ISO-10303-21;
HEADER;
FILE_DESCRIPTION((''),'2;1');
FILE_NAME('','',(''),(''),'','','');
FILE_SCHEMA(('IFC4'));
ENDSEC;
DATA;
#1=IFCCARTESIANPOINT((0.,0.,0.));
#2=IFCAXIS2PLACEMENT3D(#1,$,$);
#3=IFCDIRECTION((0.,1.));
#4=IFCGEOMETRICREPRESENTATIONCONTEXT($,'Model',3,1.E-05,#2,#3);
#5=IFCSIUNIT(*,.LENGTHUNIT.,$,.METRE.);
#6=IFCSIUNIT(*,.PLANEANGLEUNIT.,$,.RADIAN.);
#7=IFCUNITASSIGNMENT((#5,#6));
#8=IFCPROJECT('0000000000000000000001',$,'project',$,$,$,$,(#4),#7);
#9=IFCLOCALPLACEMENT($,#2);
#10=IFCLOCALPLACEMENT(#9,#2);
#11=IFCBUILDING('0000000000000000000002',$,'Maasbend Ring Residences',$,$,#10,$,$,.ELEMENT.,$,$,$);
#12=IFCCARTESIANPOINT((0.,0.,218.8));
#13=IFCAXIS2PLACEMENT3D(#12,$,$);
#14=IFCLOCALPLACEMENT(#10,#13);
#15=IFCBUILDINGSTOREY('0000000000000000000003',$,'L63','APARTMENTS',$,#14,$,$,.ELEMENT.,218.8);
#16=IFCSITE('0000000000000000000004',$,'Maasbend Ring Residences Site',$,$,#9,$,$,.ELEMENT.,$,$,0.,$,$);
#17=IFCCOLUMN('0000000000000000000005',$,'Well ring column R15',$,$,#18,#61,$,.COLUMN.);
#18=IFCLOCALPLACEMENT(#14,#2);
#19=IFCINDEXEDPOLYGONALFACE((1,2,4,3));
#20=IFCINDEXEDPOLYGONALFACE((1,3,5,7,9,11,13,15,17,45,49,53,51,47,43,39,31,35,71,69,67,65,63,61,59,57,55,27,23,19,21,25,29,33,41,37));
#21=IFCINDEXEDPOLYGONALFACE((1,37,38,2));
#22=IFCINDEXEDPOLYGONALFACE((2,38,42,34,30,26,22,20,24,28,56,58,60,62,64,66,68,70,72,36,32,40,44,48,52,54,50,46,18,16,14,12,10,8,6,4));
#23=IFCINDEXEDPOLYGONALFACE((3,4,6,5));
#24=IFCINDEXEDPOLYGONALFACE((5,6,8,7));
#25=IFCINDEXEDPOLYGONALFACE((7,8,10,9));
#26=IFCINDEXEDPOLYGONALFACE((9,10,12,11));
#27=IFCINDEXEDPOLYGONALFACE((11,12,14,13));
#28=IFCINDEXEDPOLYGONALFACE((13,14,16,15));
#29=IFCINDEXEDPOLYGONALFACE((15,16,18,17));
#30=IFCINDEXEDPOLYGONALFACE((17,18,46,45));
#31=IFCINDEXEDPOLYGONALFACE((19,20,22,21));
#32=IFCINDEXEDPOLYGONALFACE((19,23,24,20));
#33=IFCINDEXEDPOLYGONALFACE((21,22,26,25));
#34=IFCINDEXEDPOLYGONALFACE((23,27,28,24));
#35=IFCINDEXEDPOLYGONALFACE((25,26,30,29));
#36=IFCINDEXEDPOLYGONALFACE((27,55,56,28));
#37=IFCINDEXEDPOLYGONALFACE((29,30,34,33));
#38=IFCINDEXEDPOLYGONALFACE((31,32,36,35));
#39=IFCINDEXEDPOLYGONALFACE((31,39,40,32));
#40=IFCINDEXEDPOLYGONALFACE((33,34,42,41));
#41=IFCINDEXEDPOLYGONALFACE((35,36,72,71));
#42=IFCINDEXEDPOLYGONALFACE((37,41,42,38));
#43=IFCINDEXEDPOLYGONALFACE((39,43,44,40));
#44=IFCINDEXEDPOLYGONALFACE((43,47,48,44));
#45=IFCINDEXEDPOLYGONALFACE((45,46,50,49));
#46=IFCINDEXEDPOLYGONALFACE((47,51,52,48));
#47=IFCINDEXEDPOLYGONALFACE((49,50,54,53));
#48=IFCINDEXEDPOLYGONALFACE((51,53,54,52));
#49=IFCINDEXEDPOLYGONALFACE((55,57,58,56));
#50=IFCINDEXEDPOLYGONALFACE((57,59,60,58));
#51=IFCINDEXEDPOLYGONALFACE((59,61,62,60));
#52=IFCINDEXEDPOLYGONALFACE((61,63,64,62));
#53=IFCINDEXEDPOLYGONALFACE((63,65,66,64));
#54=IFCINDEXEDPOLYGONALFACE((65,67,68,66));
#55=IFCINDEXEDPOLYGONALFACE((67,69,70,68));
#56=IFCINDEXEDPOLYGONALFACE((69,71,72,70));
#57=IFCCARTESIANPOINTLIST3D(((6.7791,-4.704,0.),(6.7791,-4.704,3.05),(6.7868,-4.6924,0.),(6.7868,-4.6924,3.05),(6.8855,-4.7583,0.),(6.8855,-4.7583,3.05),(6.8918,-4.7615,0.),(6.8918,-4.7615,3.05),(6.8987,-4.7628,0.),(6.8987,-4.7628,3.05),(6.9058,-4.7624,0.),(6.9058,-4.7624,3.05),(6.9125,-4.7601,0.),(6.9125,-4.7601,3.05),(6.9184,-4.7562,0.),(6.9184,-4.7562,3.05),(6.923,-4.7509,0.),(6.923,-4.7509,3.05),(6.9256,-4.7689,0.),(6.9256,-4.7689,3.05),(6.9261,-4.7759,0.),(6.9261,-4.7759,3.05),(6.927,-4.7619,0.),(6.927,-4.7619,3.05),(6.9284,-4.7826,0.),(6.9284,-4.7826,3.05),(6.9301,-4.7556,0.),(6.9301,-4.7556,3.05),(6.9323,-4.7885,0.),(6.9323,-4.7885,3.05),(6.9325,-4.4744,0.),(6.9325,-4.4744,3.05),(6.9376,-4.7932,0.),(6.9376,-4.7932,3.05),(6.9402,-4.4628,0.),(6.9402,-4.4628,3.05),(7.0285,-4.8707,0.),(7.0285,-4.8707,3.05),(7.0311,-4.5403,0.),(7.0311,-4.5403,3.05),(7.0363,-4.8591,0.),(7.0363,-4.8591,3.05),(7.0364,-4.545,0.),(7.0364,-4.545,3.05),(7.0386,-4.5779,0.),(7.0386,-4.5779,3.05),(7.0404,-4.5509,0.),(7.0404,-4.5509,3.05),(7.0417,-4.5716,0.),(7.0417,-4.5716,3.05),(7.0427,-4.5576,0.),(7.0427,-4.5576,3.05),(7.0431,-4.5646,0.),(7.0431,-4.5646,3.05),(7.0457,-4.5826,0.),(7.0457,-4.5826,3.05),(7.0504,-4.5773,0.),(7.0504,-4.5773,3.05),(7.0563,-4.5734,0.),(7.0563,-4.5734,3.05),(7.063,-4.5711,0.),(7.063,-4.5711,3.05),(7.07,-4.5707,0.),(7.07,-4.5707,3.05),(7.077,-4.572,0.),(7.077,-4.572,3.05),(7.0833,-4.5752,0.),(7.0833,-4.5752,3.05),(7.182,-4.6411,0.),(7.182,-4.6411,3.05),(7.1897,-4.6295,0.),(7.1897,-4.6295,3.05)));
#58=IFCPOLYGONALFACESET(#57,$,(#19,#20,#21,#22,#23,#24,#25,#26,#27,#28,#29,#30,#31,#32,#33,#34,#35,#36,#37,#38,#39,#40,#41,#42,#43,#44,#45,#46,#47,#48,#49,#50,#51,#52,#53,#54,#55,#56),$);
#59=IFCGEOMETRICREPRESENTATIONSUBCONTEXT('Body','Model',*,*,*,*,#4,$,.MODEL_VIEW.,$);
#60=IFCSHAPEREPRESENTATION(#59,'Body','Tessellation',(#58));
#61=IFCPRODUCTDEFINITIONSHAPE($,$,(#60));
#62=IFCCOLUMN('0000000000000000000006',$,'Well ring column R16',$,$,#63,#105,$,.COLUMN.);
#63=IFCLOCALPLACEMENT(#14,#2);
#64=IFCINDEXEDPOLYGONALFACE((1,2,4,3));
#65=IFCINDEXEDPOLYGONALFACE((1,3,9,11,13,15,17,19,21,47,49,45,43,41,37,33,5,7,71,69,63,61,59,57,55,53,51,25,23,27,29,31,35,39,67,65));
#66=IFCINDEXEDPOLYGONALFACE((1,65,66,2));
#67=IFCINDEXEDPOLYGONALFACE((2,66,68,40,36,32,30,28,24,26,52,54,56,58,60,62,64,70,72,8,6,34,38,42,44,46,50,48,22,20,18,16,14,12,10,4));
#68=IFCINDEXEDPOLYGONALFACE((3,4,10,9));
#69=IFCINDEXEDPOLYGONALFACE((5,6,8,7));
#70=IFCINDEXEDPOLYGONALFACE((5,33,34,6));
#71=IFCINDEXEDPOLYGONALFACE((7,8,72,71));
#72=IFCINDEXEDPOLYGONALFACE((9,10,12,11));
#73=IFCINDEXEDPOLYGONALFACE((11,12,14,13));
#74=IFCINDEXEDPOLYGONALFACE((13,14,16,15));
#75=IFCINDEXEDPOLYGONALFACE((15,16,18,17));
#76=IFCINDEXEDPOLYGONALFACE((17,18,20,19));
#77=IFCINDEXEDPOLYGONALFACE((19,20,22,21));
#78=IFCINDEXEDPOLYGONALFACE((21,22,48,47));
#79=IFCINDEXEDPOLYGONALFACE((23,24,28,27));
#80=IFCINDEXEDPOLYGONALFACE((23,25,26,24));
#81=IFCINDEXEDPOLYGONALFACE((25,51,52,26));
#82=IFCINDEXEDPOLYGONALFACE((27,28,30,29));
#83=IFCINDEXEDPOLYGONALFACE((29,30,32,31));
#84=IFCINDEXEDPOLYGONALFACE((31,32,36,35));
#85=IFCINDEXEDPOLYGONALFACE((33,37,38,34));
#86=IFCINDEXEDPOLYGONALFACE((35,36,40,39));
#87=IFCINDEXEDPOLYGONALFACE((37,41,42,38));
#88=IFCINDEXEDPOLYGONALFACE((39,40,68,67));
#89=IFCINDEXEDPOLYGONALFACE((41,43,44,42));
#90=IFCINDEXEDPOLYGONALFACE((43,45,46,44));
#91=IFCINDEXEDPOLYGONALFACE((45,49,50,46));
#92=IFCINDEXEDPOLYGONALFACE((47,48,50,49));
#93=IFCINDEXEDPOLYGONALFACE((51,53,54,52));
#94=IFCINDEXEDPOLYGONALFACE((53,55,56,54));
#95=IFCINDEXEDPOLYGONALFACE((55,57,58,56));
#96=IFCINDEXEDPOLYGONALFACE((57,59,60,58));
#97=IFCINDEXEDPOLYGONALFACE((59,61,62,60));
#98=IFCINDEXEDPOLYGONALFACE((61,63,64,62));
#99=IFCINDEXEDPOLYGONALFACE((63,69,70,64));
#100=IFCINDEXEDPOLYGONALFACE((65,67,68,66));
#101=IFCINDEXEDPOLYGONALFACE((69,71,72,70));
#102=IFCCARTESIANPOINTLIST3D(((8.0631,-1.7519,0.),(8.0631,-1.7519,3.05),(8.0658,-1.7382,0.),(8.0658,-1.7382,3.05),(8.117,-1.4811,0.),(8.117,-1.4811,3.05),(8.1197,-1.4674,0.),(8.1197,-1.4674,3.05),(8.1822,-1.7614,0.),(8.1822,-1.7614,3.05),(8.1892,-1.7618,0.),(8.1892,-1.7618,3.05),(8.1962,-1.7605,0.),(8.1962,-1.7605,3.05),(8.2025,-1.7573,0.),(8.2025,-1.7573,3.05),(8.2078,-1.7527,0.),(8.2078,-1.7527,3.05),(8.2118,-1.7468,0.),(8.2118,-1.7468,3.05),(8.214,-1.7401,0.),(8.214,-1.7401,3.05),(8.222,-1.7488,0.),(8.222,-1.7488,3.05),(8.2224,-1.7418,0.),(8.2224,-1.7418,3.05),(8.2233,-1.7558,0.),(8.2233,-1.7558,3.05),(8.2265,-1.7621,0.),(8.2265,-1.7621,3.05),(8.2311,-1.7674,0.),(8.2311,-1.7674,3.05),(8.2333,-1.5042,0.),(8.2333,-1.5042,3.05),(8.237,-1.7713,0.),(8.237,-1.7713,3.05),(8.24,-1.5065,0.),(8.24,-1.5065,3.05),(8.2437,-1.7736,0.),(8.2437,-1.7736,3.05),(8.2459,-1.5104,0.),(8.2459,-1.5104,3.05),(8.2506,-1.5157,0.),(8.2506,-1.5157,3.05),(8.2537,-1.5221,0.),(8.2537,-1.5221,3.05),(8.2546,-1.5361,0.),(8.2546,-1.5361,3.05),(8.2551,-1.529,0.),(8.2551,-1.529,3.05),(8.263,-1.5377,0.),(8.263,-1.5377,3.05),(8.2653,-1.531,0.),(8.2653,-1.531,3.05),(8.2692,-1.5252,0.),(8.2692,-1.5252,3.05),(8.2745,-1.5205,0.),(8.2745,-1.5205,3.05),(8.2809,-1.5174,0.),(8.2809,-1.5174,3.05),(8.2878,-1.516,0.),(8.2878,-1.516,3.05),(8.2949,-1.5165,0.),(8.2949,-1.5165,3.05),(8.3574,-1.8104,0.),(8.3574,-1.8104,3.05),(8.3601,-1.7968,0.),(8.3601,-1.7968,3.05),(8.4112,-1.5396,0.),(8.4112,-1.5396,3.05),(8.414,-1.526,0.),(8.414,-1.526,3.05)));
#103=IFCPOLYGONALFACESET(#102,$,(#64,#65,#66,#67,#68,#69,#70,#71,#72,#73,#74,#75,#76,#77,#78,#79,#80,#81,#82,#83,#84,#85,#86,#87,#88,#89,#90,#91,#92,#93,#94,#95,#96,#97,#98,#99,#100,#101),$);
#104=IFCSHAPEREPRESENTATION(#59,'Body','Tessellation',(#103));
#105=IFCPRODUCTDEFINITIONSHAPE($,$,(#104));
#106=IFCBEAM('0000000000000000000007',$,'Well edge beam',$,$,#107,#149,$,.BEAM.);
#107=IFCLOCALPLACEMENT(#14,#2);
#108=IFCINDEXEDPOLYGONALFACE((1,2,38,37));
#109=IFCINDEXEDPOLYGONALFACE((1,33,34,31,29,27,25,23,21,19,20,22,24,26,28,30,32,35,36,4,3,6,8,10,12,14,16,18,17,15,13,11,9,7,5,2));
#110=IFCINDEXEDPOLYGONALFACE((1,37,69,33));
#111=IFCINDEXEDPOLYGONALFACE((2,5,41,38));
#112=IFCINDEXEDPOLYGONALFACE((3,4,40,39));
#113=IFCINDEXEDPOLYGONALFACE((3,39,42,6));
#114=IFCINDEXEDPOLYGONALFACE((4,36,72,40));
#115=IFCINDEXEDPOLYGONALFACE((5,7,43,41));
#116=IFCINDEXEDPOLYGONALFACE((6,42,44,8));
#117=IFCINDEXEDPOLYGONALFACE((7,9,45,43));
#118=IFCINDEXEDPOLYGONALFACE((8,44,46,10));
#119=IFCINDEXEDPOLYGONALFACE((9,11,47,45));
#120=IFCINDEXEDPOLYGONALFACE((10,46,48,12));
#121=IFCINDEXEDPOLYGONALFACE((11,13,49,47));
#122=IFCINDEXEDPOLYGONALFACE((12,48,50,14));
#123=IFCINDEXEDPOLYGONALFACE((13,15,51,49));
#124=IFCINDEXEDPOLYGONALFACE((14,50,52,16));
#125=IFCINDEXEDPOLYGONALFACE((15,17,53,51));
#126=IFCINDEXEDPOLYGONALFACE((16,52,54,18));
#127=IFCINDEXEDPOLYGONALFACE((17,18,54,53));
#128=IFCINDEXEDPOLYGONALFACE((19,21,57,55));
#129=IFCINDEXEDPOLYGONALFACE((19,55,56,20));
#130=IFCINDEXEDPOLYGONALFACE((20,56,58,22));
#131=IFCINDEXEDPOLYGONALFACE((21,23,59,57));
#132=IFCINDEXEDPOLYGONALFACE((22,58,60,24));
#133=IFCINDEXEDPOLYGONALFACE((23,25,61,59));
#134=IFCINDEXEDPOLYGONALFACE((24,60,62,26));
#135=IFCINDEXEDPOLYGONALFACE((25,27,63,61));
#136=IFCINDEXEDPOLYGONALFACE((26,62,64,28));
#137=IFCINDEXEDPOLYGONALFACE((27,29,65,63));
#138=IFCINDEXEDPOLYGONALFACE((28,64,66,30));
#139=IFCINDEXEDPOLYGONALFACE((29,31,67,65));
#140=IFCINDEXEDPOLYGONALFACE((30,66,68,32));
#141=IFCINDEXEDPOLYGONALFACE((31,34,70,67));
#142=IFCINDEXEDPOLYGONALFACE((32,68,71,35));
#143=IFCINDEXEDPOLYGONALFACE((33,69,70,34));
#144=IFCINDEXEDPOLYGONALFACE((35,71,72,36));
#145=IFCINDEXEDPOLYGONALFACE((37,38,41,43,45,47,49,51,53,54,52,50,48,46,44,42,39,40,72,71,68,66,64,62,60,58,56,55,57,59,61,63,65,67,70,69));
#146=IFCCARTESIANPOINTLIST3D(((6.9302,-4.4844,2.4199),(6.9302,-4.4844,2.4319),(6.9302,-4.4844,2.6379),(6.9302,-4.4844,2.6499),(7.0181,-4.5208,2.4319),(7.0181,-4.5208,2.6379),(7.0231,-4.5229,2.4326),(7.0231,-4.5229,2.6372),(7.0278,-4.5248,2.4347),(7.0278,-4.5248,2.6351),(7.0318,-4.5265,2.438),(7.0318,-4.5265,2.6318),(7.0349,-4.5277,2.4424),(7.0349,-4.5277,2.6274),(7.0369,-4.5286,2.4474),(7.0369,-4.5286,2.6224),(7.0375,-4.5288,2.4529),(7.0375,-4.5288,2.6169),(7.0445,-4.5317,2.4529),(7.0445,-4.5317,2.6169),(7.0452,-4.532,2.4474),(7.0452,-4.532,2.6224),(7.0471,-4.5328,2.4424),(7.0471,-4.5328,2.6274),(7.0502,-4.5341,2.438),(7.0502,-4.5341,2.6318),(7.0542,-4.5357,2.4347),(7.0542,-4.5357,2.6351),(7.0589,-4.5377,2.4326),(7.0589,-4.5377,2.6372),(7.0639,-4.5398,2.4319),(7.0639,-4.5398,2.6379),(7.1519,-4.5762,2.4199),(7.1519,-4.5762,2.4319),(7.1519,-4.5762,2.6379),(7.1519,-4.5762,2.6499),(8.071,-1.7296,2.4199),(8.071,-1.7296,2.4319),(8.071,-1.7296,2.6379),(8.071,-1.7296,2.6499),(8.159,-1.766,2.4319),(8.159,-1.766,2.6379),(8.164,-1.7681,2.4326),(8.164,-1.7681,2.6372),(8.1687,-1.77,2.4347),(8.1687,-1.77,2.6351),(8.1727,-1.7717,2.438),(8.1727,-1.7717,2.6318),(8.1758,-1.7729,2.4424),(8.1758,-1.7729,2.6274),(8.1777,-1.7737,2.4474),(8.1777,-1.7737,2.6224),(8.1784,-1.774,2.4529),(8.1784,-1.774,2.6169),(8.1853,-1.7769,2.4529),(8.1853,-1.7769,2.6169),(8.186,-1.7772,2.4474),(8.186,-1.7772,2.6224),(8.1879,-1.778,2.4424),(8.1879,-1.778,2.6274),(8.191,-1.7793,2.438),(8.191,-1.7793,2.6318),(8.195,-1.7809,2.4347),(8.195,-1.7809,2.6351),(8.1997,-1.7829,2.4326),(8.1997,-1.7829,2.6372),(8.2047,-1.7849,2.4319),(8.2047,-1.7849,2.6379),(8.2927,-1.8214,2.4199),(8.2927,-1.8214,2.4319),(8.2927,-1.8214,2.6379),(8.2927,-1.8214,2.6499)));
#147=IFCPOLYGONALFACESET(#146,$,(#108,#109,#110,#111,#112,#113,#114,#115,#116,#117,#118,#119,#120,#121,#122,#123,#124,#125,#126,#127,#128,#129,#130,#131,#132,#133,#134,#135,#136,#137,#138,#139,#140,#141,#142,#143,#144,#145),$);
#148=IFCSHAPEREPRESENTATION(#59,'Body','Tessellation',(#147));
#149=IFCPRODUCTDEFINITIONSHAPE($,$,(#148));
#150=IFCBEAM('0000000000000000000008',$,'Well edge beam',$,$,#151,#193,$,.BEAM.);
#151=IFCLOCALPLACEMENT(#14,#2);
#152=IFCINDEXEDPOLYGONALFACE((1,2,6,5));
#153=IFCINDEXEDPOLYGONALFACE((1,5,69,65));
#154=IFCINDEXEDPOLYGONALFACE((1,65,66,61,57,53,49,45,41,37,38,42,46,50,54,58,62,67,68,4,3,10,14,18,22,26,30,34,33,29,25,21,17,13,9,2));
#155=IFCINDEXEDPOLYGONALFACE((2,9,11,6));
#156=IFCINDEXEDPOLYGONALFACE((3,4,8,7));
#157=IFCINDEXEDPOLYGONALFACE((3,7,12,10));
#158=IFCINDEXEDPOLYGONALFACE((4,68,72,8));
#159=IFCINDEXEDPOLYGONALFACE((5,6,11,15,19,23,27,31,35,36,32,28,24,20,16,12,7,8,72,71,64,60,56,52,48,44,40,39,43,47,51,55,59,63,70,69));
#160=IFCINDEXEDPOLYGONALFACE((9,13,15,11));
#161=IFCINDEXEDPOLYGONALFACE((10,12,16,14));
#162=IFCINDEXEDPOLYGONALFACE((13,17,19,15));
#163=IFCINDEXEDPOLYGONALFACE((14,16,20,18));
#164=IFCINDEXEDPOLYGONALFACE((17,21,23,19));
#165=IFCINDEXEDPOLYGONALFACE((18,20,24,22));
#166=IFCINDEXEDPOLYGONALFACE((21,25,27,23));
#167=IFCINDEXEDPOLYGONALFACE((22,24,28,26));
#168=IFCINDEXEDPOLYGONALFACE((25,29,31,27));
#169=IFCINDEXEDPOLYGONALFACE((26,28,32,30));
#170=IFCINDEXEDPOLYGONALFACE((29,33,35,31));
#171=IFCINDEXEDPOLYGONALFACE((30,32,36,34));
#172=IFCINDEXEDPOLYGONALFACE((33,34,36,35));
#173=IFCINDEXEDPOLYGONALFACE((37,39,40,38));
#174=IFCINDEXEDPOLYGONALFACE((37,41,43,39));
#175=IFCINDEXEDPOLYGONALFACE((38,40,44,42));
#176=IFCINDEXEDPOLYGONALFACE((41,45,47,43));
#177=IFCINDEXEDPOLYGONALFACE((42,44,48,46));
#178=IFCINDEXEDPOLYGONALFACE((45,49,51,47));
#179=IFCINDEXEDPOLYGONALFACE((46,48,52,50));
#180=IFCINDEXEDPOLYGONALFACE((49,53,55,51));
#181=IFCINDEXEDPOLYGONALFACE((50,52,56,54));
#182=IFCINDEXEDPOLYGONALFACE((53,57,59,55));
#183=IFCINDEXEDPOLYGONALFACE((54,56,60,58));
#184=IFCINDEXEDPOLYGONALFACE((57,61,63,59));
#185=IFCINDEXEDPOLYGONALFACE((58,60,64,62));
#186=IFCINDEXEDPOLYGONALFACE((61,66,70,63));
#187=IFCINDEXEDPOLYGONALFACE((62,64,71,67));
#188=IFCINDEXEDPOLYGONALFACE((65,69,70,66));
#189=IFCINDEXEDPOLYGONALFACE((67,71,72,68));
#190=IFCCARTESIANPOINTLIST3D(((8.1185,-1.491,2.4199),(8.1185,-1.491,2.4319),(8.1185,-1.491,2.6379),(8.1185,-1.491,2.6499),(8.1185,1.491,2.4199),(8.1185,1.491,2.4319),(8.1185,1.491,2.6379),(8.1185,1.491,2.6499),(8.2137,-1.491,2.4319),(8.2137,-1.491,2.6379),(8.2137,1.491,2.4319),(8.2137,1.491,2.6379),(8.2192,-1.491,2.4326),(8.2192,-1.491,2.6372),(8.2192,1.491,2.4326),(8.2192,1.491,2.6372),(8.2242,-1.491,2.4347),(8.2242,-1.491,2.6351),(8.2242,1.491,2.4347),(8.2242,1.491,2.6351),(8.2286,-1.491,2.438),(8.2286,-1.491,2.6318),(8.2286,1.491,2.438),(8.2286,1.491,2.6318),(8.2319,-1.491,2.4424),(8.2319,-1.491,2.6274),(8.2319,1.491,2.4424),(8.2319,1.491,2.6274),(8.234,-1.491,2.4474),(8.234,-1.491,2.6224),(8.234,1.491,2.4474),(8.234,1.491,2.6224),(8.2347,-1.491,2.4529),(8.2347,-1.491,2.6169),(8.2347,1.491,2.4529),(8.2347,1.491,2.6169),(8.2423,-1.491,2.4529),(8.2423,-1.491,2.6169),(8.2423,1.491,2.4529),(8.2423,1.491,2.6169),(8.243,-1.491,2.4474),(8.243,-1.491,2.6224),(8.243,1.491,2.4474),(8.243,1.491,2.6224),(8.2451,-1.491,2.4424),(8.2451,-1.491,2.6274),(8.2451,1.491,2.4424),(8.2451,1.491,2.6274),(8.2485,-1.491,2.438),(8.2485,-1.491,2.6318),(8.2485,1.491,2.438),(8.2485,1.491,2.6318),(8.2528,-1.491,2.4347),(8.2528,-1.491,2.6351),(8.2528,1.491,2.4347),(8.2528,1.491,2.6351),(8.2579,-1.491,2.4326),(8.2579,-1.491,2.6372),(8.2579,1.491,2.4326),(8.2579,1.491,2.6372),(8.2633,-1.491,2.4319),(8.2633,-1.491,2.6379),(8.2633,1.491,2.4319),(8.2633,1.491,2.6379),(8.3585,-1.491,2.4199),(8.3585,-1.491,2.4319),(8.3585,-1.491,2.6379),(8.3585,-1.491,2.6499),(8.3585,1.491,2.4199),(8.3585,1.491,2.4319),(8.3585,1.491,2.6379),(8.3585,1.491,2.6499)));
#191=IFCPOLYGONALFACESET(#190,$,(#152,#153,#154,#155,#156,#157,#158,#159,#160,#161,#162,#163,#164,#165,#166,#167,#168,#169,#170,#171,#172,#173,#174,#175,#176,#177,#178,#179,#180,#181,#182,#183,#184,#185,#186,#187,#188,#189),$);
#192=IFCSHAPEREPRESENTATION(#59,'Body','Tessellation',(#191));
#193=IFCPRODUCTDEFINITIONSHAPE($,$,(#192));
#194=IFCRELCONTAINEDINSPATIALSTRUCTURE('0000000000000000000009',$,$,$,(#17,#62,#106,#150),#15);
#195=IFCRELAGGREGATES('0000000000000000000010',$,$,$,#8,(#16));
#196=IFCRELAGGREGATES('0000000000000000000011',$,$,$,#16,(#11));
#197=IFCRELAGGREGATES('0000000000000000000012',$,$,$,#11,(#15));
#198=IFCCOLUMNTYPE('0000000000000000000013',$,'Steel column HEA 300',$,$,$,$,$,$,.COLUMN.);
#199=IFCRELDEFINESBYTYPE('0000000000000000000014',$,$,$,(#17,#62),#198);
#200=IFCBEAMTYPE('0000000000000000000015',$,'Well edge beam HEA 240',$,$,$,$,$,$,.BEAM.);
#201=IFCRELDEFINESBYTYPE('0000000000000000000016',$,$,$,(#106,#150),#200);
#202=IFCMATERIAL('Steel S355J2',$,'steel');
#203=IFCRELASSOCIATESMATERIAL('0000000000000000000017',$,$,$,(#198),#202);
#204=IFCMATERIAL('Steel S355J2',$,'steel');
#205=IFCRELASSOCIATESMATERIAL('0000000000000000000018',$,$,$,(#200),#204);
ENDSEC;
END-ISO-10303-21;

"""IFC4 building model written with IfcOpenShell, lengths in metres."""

from ifc_helpers import new_model, si_unit, direction, frame, origin, origin_2d, place, context, subcontext, project, spatial, i_section, extrude, material, material_profile, profile_set, type_object, element, save


model = new_model("IFC4")

# Units and contexts
model_context = context("Model", 3, precision=1e-05, world=origin(), true_north=direction((0.0, 1.0)))
body_context = subcontext(model_context, "Body", "Model", "MODEL_VIEW")
ifc_project = project(units=[si_unit("LENGTHUNIT", "METRE"), si_unit("PLANEANGLEUNIT", "RADIAN")], contexts=[model_context])

# Site, building, storey
site_placement = place(None, origin())
site = spatial("IfcSite", under=ifc_project, at=site_placement, Name="Maasbend Ring Residences Site", CompositionType="ELEMENT", RefElevation=0.0)
building_placement = place(site_placement, origin())
building = spatial("IfcBuilding", under=site, at=building_placement, Name="Maasbend Ring Residences", CompositionType="ELEMENT")
storey_placement = place(building_placement, frame((0.0, 0.0, 218.8)))
storey = spatial("IfcBuildingStorey", under=building, at=storey_placement, Name="L63", Description="APARTMENTS", CompositionType="ELEMENT", Elevation=218.8)

# Columns
ifc_material_1 = material(Name="Steel S355J2", Category="steel")
ifc_material_profile_1 = material_profile(ifc_material_1, i_section(OverallWidth=0.3, OverallDepth=0.29, WebThickness=0.0085, FlangeThickness=0.0139, FilletRadius=0.0271, at=origin_2d()), Name="HEA 300")
ifc_profile_set_1 = profile_set([ifc_material_profile_1], Name="Steel S355J2")
column_type = type_object("IfcColumnType", Name="Steel column HEA 300", PredefinedType="COLUMN", material=ifc_profile_set_1)
for number, where, z_axis, x_axis, name in (
    (1, (6.9844, -4.6667, 0.0), (0.0, 0.0, 1.0), (0.83147, -0.55557, 0.0), "Well ring column R15"),
    (2, (8.2385, -1.6389, 0.0), (0.0, 0.0, 1.0), (0.980785, -0.19509, 0.0), "Well ring column R16"),
):
    element("IfcColumn", number, at=place(storey_placement, frame(where, z_axis=z_axis, x_axis=x_axis)), inside=storey, type_object=column_type, Name=name, PredefinedType="COLUMN", context=body_context, shape_type="SweptSolid", body=[
        extrude(i_section(OverallWidth=0.3, OverallDepth=0.29, WebThickness=0.0085, FlangeThickness=0.0139, FilletRadius=0.0271, at=origin_2d()), origin(), (0.0, 0.0, 1.0), 3.05),
    ])

# Beams
ifc_material_2 = material(Name="Steel S355J2", Category="steel")
ifc_material_profile_2 = material_profile(ifc_material_2, i_section(OverallWidth=0.24, OverallDepth=0.23, WebThickness=0.0076, FlangeThickness=0.012, FilletRadius=0.021, at=origin_2d()), Name="HEA 240")
ifc_profile_set_2 = profile_set([ifc_material_profile_2], Name="Steel S355J2")
beam_type = type_object("IfcBeamType", Name="Well edge beam HEA 240", PredefinedType="BEAM", material=ifc_profile_set_2)
beam_1_placement = place(storey_placement, frame((7.041, -4.5303, 2.5349), z_axis=(0.382615, 0.923908, 0.0), x_axis=(-0.923908, 0.382615, 0.0)))
element("IfcBeam", 3, at=beam_1_placement, inside=storey, type_object=beam_type, Name="Well edge beam", PredefinedType="BEAM", context=body_context, shape_type="SweptSolid", body=[
    extrude(i_section(OverallWidth=0.24, OverallDepth=0.23, WebThickness=0.0076, FlangeThickness=0.012, FilletRadius=0.021, at=origin_2d()), origin(), (0.0, 0.0, 1.0), 2.9817),
])
beam_2_placement = place(storey_placement, frame((8.2385, -1.491, 2.5349), z_axis=(0.0, 1.0, 0.0), x_axis=(-1.0, 0.0, 0.0)))
element("IfcBeam", 4, at=beam_2_placement, inside=storey, type_object=beam_type, Name="Well edge beam", PredefinedType="BEAM", context=body_context, shape_type="SweptSolid", body=[
    extrude(i_section(OverallWidth=0.24, OverallDepth=0.23, WebThickness=0.0076, FlangeThickness=0.012, FilletRadius=0.021, at=origin_2d()), origin(), (0.0, 0.0, 1.0), 2.9819),
])

save(model, "model.ifc")
